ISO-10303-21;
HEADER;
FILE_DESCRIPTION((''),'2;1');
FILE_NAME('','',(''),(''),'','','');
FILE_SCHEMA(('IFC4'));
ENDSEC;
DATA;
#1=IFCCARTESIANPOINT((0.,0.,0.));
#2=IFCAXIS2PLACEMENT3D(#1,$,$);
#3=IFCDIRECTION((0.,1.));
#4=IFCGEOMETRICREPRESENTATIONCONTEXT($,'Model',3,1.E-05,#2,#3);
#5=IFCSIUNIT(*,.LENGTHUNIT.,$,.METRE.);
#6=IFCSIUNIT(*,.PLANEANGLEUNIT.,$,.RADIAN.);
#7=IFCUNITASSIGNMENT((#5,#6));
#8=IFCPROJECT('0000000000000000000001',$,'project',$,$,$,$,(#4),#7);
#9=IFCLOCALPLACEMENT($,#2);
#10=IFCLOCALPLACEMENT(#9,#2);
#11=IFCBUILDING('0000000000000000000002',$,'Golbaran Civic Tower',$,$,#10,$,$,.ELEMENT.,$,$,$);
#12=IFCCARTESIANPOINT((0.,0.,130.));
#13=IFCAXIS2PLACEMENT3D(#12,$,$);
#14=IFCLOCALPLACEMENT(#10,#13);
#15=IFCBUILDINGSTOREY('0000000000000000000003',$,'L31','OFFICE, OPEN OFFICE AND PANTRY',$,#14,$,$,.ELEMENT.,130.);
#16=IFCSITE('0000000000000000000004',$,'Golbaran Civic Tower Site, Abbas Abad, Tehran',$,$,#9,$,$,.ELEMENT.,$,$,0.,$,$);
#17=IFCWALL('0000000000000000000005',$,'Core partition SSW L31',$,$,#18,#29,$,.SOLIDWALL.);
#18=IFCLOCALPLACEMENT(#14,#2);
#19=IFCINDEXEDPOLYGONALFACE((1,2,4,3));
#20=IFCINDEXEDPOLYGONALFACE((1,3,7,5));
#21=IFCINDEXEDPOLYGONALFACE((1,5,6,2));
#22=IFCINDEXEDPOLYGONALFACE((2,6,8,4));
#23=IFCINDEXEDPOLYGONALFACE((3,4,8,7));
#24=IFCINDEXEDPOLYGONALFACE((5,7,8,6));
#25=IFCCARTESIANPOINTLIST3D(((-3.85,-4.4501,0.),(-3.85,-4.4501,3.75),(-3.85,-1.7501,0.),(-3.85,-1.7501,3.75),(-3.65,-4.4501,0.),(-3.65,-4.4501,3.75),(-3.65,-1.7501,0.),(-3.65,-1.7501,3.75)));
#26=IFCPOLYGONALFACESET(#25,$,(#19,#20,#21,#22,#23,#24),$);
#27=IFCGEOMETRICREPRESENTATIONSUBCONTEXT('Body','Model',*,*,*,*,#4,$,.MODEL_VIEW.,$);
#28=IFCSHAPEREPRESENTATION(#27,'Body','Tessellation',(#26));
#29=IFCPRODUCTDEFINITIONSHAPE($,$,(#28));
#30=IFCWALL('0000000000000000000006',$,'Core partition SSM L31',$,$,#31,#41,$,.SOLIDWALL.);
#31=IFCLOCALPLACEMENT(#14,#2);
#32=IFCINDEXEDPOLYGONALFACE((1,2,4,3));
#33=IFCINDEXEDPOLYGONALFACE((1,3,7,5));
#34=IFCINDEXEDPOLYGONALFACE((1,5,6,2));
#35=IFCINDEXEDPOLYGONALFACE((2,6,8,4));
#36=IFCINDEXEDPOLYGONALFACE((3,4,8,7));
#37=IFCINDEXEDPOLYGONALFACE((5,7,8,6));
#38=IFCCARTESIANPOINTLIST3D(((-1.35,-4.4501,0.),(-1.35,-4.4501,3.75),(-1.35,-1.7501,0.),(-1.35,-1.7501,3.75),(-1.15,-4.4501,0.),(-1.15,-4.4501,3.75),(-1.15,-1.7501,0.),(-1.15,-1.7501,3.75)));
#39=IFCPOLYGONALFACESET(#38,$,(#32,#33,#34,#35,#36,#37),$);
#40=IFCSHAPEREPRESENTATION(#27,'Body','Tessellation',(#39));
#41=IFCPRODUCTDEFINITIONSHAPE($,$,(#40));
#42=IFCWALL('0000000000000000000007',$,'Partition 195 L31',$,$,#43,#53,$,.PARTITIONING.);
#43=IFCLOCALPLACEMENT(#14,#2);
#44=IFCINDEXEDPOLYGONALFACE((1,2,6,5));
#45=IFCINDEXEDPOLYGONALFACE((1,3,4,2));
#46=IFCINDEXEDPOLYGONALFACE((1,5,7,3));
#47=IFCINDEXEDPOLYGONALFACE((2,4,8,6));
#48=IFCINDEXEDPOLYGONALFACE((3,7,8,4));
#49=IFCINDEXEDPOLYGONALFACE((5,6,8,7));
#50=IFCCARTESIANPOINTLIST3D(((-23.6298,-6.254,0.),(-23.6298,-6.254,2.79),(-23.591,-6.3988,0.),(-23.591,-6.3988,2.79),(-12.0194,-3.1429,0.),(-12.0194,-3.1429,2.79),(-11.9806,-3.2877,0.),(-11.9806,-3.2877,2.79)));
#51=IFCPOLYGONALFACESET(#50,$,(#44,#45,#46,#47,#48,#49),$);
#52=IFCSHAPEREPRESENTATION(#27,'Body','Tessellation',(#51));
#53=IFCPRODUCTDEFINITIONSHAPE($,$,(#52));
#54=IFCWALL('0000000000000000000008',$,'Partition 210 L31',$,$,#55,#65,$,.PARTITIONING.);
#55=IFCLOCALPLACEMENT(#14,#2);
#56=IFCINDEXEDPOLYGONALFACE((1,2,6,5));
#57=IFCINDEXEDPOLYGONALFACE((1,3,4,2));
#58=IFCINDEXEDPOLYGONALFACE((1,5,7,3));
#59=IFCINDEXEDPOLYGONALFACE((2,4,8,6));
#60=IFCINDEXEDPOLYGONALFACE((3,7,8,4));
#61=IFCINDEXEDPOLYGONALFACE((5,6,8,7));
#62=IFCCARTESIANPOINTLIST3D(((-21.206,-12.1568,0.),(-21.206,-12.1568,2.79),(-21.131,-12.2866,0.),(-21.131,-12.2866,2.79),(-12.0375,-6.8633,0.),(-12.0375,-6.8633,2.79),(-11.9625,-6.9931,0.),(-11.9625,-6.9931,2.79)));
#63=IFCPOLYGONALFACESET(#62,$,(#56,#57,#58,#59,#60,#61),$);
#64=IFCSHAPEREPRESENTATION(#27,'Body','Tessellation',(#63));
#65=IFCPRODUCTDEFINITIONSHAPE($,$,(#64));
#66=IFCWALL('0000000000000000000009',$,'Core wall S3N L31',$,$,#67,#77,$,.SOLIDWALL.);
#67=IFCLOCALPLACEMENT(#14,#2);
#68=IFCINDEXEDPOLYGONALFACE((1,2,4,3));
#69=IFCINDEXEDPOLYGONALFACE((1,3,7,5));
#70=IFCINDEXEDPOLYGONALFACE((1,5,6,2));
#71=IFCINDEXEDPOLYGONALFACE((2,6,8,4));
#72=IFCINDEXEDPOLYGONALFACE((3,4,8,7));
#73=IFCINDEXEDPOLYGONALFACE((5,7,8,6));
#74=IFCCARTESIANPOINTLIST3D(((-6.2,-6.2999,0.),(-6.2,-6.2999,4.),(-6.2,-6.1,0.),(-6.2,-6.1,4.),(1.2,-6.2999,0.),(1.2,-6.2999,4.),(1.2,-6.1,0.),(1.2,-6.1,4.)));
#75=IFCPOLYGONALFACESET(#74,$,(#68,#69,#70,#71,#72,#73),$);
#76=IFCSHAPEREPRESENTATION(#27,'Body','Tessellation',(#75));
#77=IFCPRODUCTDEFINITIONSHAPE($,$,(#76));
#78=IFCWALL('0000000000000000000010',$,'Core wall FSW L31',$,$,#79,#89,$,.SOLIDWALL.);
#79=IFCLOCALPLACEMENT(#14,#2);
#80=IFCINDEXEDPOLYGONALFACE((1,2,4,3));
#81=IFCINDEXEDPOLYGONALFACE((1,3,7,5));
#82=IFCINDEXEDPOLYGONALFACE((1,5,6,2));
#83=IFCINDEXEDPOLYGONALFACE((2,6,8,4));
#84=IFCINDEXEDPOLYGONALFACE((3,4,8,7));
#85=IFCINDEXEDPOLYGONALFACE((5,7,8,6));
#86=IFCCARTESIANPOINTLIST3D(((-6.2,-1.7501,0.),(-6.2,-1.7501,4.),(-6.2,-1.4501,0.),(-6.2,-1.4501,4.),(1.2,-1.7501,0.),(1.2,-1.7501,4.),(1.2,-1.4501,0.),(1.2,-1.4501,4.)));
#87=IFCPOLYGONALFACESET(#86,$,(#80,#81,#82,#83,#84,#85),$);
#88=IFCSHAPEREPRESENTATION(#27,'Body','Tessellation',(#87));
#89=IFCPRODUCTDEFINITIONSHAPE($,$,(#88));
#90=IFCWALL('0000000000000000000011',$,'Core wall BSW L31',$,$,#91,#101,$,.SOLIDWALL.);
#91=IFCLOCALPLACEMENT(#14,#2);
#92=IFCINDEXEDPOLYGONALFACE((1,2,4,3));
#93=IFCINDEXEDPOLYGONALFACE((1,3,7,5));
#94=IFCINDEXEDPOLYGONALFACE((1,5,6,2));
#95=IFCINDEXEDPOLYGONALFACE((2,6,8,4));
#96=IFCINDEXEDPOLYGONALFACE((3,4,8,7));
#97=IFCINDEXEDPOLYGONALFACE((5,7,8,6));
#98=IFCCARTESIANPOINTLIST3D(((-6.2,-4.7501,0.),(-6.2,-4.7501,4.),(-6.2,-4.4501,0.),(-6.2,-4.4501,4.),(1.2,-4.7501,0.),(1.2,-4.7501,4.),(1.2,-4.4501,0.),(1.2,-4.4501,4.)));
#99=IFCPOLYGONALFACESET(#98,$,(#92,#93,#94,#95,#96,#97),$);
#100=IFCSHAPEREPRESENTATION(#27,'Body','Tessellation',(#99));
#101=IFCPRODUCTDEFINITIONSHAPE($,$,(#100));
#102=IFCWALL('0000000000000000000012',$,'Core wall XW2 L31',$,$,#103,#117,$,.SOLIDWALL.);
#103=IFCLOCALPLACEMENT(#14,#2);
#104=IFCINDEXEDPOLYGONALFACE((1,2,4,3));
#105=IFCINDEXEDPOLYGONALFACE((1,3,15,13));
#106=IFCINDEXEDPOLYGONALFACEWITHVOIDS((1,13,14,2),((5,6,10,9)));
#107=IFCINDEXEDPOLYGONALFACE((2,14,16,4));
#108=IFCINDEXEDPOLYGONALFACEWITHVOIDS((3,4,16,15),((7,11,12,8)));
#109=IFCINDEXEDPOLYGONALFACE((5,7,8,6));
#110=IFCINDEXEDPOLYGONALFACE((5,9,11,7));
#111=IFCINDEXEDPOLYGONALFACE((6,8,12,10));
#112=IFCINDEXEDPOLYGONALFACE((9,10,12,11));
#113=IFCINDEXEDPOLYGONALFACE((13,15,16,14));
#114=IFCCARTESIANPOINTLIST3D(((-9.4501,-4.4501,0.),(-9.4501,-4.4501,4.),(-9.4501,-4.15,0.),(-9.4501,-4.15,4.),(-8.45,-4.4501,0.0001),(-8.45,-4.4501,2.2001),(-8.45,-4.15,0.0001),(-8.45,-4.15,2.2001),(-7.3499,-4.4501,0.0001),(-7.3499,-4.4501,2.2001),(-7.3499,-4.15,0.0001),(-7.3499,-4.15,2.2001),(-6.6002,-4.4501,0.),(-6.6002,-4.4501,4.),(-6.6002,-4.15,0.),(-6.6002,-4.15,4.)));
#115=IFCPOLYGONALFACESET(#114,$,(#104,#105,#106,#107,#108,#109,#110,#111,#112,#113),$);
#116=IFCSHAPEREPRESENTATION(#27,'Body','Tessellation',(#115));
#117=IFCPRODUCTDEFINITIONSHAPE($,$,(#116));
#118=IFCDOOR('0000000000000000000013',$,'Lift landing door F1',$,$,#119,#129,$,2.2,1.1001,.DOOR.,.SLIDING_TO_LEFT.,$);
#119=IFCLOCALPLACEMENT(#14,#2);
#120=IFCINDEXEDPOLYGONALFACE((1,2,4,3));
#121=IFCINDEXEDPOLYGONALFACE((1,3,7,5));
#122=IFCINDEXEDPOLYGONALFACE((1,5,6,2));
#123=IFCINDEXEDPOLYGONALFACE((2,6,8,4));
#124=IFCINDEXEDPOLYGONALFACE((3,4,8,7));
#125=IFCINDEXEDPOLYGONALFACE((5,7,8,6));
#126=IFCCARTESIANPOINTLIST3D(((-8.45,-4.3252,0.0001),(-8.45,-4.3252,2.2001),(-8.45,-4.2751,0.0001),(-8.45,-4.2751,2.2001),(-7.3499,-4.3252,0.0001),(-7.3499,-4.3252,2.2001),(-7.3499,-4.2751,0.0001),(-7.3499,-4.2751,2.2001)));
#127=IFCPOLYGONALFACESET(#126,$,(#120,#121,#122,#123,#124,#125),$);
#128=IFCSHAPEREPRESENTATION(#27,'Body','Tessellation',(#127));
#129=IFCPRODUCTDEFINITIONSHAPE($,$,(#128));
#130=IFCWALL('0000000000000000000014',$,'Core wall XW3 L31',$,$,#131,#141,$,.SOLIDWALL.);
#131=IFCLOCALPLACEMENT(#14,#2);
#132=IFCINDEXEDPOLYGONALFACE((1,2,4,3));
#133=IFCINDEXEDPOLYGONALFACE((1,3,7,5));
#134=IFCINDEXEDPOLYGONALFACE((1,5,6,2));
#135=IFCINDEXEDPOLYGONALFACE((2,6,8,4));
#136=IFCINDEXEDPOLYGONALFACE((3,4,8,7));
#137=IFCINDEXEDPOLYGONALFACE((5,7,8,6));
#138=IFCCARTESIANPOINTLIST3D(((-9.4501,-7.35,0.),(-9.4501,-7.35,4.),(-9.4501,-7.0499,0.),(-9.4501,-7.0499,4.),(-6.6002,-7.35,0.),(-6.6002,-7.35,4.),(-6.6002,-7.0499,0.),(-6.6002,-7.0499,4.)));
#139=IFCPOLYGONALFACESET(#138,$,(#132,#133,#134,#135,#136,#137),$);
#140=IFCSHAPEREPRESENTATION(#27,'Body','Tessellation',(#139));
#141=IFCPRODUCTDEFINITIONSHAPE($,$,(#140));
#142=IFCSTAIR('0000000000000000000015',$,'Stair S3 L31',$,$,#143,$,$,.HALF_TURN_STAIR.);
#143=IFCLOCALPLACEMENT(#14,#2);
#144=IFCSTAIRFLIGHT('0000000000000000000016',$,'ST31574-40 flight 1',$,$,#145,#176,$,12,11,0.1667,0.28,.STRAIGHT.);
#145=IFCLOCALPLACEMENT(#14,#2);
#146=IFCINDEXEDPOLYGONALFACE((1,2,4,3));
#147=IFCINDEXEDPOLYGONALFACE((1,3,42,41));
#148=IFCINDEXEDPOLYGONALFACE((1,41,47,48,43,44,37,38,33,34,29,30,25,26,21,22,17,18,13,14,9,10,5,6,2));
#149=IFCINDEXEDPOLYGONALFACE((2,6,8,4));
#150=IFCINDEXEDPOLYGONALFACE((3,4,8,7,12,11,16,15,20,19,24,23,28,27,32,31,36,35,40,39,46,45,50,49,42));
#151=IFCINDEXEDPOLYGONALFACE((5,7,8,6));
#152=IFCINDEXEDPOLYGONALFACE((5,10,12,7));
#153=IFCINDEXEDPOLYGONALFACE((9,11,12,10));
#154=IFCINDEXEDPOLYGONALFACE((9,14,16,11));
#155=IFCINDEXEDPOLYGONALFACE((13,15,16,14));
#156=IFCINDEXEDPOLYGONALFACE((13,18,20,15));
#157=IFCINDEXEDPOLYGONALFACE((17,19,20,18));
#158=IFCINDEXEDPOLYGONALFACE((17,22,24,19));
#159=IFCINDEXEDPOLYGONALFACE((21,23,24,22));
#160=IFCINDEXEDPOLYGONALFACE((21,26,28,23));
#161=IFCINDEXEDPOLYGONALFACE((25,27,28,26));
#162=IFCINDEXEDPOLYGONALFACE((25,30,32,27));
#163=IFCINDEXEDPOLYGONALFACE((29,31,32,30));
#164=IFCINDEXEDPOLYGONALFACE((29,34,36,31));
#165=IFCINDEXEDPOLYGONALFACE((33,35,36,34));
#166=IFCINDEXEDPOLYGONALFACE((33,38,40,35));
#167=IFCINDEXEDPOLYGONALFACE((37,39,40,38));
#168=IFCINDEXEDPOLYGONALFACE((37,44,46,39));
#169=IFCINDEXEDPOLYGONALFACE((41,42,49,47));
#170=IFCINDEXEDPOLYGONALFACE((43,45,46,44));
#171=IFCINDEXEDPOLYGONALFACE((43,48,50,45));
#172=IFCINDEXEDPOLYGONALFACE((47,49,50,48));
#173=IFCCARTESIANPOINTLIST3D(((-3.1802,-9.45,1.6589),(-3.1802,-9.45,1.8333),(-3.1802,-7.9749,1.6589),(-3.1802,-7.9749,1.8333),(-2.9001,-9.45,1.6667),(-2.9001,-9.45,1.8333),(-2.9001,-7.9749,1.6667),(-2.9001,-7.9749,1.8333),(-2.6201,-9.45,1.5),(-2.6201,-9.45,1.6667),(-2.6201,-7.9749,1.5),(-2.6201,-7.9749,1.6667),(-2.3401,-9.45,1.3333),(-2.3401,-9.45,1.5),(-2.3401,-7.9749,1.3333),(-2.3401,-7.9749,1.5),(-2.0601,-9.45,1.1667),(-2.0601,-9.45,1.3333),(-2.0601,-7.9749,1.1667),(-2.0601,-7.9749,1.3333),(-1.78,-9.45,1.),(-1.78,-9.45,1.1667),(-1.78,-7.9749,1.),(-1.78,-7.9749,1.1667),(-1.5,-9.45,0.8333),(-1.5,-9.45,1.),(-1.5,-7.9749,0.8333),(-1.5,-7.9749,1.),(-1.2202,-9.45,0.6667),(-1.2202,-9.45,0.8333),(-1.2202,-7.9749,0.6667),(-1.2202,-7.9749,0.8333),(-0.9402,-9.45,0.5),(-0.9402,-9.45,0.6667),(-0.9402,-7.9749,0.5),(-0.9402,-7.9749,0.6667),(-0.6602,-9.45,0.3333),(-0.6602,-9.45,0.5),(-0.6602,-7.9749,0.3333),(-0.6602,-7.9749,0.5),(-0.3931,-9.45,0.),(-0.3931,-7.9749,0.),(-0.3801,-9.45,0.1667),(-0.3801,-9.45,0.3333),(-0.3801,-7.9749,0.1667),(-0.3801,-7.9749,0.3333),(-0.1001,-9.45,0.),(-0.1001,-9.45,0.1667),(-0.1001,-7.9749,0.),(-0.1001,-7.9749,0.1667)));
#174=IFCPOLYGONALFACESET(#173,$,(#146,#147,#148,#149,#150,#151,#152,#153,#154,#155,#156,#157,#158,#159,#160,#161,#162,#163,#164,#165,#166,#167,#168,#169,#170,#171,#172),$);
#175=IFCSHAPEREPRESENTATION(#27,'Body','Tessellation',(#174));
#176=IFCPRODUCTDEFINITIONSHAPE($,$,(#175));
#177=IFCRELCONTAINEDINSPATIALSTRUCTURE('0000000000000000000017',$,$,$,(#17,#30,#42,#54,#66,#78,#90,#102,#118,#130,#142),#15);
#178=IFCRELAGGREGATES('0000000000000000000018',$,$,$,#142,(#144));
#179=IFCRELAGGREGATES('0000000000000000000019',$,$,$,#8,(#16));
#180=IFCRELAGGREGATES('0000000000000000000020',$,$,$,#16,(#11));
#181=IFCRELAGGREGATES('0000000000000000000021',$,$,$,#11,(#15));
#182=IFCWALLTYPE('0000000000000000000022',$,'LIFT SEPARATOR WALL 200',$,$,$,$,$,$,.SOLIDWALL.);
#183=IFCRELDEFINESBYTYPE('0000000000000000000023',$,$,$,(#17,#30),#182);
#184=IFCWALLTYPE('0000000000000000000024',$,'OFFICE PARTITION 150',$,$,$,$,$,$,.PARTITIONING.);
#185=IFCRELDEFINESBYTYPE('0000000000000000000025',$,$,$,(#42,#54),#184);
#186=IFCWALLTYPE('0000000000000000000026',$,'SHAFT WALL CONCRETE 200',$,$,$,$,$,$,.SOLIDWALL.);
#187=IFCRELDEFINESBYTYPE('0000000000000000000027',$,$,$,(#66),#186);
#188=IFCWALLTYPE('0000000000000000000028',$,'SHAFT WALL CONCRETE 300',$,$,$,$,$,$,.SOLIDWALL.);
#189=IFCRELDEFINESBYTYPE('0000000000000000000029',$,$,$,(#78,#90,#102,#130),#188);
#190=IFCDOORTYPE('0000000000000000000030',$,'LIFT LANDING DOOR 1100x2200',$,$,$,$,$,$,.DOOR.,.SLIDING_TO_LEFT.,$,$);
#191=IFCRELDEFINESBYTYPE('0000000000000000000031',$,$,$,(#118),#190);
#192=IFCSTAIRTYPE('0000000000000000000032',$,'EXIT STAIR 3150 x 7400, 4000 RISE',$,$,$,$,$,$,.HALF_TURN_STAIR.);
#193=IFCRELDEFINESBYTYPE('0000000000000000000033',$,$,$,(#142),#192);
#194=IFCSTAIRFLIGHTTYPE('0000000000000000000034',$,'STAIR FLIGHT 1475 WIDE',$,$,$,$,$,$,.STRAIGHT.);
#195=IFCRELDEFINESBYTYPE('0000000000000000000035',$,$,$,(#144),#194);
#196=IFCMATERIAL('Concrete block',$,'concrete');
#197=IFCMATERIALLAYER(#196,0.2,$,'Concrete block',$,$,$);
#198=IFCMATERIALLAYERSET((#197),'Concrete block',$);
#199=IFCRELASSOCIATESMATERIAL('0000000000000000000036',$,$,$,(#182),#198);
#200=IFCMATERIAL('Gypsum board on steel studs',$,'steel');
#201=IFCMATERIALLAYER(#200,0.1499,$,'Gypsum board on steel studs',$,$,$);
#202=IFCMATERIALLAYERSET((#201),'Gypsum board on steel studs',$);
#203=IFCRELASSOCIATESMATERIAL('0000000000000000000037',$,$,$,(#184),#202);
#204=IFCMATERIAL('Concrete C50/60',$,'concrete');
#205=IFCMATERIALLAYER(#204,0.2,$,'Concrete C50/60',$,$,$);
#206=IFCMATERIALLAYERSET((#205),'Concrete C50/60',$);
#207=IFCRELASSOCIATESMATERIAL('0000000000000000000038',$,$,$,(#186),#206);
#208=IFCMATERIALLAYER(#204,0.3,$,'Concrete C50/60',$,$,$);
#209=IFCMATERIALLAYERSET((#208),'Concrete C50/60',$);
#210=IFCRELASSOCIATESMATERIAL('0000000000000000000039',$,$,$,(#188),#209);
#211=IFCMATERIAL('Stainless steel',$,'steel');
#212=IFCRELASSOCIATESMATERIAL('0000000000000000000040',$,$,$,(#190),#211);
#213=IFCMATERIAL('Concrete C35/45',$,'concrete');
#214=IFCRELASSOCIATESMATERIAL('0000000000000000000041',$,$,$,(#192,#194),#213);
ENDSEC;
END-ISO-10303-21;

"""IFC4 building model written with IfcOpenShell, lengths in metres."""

from ifc_helpers import new_model, si_unit, direction, frame, frame_2d, origin, place, context, subcontext, project, spatial, polyline, rectangle, outline, extrude, material, layer, layer_set, type_object, element, fill, aggregate, save


model = new_model("IFC4")

# Units and contexts
model_context = context("Model", 3, precision=1e-05, world=origin(), true_north=direction((0.0, 1.0)))
body_context = subcontext(model_context, "Body", "Model", "MODEL_VIEW")
ifc_project = project(units=[si_unit("LENGTHUNIT", "METRE"), si_unit("PLANEANGLEUNIT", "RADIAN")], contexts=[model_context])

# Site, building, storey
site_placement = place(None, origin())
site = spatial("IfcSite", under=ifc_project, at=site_placement, Name="Golbaran Civic Tower Site, Abbas Abad, Tehran", CompositionType="ELEMENT", RefElevation=0.0)
building_placement = place(site_placement, origin())
building = spatial("IfcBuilding", under=site, at=building_placement, Name="Golbaran Civic Tower", CompositionType="ELEMENT")
storey_placement = place(building_placement, frame((0.0, 0.0, 130.0)))
storey = spatial("IfcBuildingStorey", under=building, at=storey_placement, Name="L31", Description="OFFICE, OPEN OFFICE AND PANTRY", CompositionType="ELEMENT", Elevation=130.0)

# Walls
ifc_material_1 = material(Name="Concrete block", Category="concrete")
ifc_layer_1 = layer(ifc_material_1, 0.2, Name="Concrete block")
ifc_layer_set_1 = layer_set([ifc_layer_1], Name="Concrete block")
wall_type_1 = type_object("IfcWallType", Name="LIFT SEPARATOR WALL 200", PredefinedType="SOLIDWALL", material=ifc_layer_set_1)
for number, where, z_axis, x_axis, name in (
    (1, (-3.75, -1.75, 0.0), (0.0, 0.0, 1.0), (0.0, -1.0, 0.0), "Core partition SSW L31"),
    (2, (-1.25, -1.75, 0.0), (0.0, 0.0, 1.0), (0.0, -1.0, 0.0), "Core partition SSM L31"),
):
    element("IfcWall", number, at=place(storey_placement, frame(where, z_axis=z_axis, x_axis=x_axis)), inside=storey, type_object=wall_type_1, Name=name, PredefinedType="SOLIDWALL", context=body_context, shape_type="SweptSolid", body=[
        extrude(rectangle(XDim=2.7, YDim=0.2, at=frame_2d((1.3501, 0.0))), origin(), (0.0, 0.0, 1.0), 3.75),
    ])
ifc_material_2 = material(Name="Gypsum board on steel studs", Category="steel")
ifc_layer_2 = layer(ifc_material_2, 0.1499, Name="Gypsum board on steel studs")
ifc_layer_set_2 = layer_set([ifc_layer_2], Name="Gypsum board on steel studs")
wall_type_2 = type_object("IfcWallType", Name="OFFICE PARTITION 150", PredefinedType="PARTITIONING", material=ifc_layer_set_2)
wall_1_placement = place(storey_placement, frame((-12.0, -3.2153, 0.0), z_axis=(0.0, 0.0, 1.0), x_axis=(-0.965924, -0.258827, 0.0)))
element("IfcWall", 3, at=wall_1_placement, inside=storey, type_object=wall_type_2, Name="Partition 195 L31", PredefinedType="PARTITIONING", context=body_context, shape_type="SweptSolid", body=[
    extrude(rectangle(XDim=12.02, YDim=0.1499, at=frame_2d((6.01, 0.0))), origin(), (0.0, 0.0, 1.0), 2.79),
])
wall_2_placement = place(storey_placement, frame((-12.0, -6.9282, 0.0), z_axis=(0.0, 0.0, 1.0), x_axis=(-0.866024, -0.500003, 0.0)))
element("IfcWall", 4, at=wall_2_placement, inside=storey, type_object=wall_type_2, Name="Partition 210 L31", PredefinedType="PARTITIONING", context=body_context, shape_type="SweptSolid", body=[
    extrude(rectangle(XDim=10.5869, YDim=0.1499, at=frame_2d((5.2935, 0.0))), origin(), (0.0, 0.0, 1.0), 2.79),
])
ifc_material_3 = material(Name="Concrete C50/60", Category="concrete")
ifc_layer_3 = layer(ifc_material_3, 0.2, Name="Concrete C50/60")
ifc_layer_set_3 = layer_set([ifc_layer_3], Name="Concrete C50/60")
wall_type_3 = type_object("IfcWallType", Name="SHAFT WALL CONCRETE 200", PredefinedType="SOLIDWALL", material=ifc_layer_set_3)
wall_3_placement = place(storey_placement, frame((-6.2, -6.2, 0.0), z_axis=(0.0, 0.0, 1.0), x_axis=(1.0, 0.0, 0.0)))
element("IfcWall", 5, at=wall_3_placement, inside=storey, type_object=wall_type_3, Name="Core wall S3N L31", PredefinedType="SOLIDWALL", context=body_context, shape_type="SweptSolid", body=[
    extrude(rectangle(XDim=7.3999, YDim=0.2, at=frame_2d((3.7, 0.0))), origin(), (0.0, 0.0, 1.0), 4.0),
])
ifc_layer_4 = layer(ifc_material_3, 0.3, Name="Concrete C50/60")
ifc_layer_set_4 = layer_set([ifc_layer_4], Name="Concrete C50/60")
wall_type_4 = type_object("IfcWallType", Name="SHAFT WALL CONCRETE 300", PredefinedType="SOLIDWALL", material=ifc_layer_set_4)
for number, where, z_axis, x_axis, name in (
    (6, (-6.2, -1.6001, 0.0), (0.0, 0.0, 1.0), (1.0, 0.0, 0.0), "Core wall FSW L31"),
    (7, (-6.2, -4.6001, 0.0), (0.0, 0.0, 1.0), (1.0, 0.0, 0.0), "Core wall BSW L31"),
):
    element("IfcWall", number, at=place(storey_placement, frame(where, z_axis=z_axis, x_axis=x_axis)), inside=storey, type_object=wall_type_4, Name=name, PredefinedType="SOLIDWALL", context=body_context, shape_type="SweptSolid", body=[
        extrude(rectangle(XDim=7.3999, YDim=0.3, at=frame_2d((3.7, 0.0))), origin(), (0.0, 0.0, 1.0), 4.0),
    ])

# Wall, opening, door
wall_4_placement = place(storey_placement, frame((-9.45, -4.3, 0.0), z_axis=(0.0, 0.0, 1.0), x_axis=(1.0, 0.0, 0.0)))
wall_4 = element("IfcWall", 8, at=wall_4_placement, inside=storey, type_object=wall_type_4, Name="Core wall XW2 L31", PredefinedType="SOLIDWALL", context=body_context, shape_type="SweptSolid", body=[
    extrude(rectangle(XDim=2.8499, YDim=0.3, at=frame_2d((1.4248, 0.0))), origin(), (0.0, 0.0, 1.0), 4.0),
])
opening_1_placement = place(wall_4_placement, frame((1.0, 0.0, 0.0)))
opening_1 = element("IfcOpeningElement", 9, at=opening_1_placement, cuts=wall_4, PredefinedType="OPENING", context=body_context, shape_type="SweptSolid", body=[
    extrude(rectangle(XDim=1.1001, YDim=2.2, at=frame_2d((0.55, 1.1001))), frame((0.0, 0.1599, 0.0), z_axis=(0.0, -1.0, 0.0), x_axis=(1.0, 0.0, 0.0)), (0.0, 0.0, 1.0), 0.3201),
])
ifc_material_4 = material(Name="Stainless steel", Category="steel")
door_type_1 = type_object("IfcDoorType", Name="LIFT LANDING DOOR 1100x2200", OperationType="SLIDING_TO_LEFT", PredefinedType="DOOR", material=ifc_material_4)
door_1_placement = place(opening_1_placement, origin())
door_1 = element("IfcDoor", 10, at=door_1_placement, inside=storey, type_object=door_type_1, Name="Lift landing door F1", OperationType="SLIDING_TO_LEFT", OverallHeight=2.2, OverallWidth=1.1001, PredefinedType="DOOR", context=body_context, shape_type="SweptSolid", body=[
    extrude(rectangle(XDim=1.1001, YDim=2.2, at=frame_2d((0.55, 1.1001))), frame((0.0, 0.0249, 0.0), z_axis=(0.0, -1.0, 0.0), x_axis=(1.0, 0.0, 0.0)), (0.0, 0.0, 1.0), 0.05),
])
fill(opening_1, door_1)

# Wall
wall_5_placement = place(storey_placement, frame((-9.45, -7.2, 0.0), z_axis=(0.0, 0.0, 1.0), x_axis=(1.0, 0.0, 0.0)))
element("IfcWall", 11, at=wall_5_placement, inside=storey, type_object=wall_type_4, Name="Core wall XW3 L31", PredefinedType="SOLIDWALL", context=body_context, shape_type="SweptSolid", body=[
    extrude(rectangle(XDim=2.8499, YDim=0.3, at=frame_2d((1.4248, 0.0))), origin(), (0.0, 0.0, 1.0), 4.0),
])

# Stair, stair flight
ifc_material_5 = material(Name="Concrete C35/45", Category="concrete")
stair_type = type_object("IfcStairType", Name="EXIT STAIR 3150 x 7400, 4000 RISE", PredefinedType="HALF_TURN_STAIR", material=ifc_material_5)
stair_placement = place(storey_placement, origin())
stair = element("IfcStair", 12, at=stair_placement, inside=storey, type_object=stair_type, Name="Stair S3 L31", PredefinedType="HALF_TURN_STAIR")
stair_flight_type = type_object("IfcStairFlightType", Name="STAIR FLIGHT 1475 WIDE", PredefinedType="STRAIGHT", material=ifc_material_5)
stair_flight_1_placement = place(storey_placement, frame((-0.1001, -8.7124, 0.0), z_axis=(0.0, 0.0, 1.0), x_axis=(-1.0, 0.0, 0.0)))
stair_flight_1 = element("IfcStairFlight", 13, at=stair_flight_1_placement, type_object=stair_flight_type, Name="ST31574-40 flight 1", NumberOfRisers=12, NumberOfTreads=11, PredefinedType="STRAIGHT", RiserHeight=0.1667, TreadLength=0.28, context=body_context, shape_type="SweptSolid", body=[
    extrude(outline(polyline([(0.0, 0.0), (0.0, 0.1667), (0.28, 0.1667), (0.28, 0.3333), (0.5601, 0.3333), (0.5601, 0.5), (0.8401, 0.5), (0.8401, 0.6667), (1.1201, 0.6667), (1.1201, 0.8333), (1.3999, 0.8333), (1.3999, 1.0), (1.6799, 1.0), (1.6799, 1.1667), (1.96, 1.1667), (1.96, 1.3333), (2.24, 1.3333), (2.24, 1.5), (2.52, 1.5), (2.52, 1.6667), (2.8, 1.6667), (2.8, 1.8333), (3.0801, 1.8333), (3.0801, 2.0), (3.0801, 1.6589), (0.293, 0.0), (0.0, 0.0)])), frame((0.0, 0.7375, 0.0), z_axis=(0.0, -1.0, 0.0), x_axis=(1.0, 0.0, 0.0)), (0.0, 0.0, 1.0), 1.4751),
])
aggregate(stair, [stair_flight_1])

save(model, "model.ifc")
